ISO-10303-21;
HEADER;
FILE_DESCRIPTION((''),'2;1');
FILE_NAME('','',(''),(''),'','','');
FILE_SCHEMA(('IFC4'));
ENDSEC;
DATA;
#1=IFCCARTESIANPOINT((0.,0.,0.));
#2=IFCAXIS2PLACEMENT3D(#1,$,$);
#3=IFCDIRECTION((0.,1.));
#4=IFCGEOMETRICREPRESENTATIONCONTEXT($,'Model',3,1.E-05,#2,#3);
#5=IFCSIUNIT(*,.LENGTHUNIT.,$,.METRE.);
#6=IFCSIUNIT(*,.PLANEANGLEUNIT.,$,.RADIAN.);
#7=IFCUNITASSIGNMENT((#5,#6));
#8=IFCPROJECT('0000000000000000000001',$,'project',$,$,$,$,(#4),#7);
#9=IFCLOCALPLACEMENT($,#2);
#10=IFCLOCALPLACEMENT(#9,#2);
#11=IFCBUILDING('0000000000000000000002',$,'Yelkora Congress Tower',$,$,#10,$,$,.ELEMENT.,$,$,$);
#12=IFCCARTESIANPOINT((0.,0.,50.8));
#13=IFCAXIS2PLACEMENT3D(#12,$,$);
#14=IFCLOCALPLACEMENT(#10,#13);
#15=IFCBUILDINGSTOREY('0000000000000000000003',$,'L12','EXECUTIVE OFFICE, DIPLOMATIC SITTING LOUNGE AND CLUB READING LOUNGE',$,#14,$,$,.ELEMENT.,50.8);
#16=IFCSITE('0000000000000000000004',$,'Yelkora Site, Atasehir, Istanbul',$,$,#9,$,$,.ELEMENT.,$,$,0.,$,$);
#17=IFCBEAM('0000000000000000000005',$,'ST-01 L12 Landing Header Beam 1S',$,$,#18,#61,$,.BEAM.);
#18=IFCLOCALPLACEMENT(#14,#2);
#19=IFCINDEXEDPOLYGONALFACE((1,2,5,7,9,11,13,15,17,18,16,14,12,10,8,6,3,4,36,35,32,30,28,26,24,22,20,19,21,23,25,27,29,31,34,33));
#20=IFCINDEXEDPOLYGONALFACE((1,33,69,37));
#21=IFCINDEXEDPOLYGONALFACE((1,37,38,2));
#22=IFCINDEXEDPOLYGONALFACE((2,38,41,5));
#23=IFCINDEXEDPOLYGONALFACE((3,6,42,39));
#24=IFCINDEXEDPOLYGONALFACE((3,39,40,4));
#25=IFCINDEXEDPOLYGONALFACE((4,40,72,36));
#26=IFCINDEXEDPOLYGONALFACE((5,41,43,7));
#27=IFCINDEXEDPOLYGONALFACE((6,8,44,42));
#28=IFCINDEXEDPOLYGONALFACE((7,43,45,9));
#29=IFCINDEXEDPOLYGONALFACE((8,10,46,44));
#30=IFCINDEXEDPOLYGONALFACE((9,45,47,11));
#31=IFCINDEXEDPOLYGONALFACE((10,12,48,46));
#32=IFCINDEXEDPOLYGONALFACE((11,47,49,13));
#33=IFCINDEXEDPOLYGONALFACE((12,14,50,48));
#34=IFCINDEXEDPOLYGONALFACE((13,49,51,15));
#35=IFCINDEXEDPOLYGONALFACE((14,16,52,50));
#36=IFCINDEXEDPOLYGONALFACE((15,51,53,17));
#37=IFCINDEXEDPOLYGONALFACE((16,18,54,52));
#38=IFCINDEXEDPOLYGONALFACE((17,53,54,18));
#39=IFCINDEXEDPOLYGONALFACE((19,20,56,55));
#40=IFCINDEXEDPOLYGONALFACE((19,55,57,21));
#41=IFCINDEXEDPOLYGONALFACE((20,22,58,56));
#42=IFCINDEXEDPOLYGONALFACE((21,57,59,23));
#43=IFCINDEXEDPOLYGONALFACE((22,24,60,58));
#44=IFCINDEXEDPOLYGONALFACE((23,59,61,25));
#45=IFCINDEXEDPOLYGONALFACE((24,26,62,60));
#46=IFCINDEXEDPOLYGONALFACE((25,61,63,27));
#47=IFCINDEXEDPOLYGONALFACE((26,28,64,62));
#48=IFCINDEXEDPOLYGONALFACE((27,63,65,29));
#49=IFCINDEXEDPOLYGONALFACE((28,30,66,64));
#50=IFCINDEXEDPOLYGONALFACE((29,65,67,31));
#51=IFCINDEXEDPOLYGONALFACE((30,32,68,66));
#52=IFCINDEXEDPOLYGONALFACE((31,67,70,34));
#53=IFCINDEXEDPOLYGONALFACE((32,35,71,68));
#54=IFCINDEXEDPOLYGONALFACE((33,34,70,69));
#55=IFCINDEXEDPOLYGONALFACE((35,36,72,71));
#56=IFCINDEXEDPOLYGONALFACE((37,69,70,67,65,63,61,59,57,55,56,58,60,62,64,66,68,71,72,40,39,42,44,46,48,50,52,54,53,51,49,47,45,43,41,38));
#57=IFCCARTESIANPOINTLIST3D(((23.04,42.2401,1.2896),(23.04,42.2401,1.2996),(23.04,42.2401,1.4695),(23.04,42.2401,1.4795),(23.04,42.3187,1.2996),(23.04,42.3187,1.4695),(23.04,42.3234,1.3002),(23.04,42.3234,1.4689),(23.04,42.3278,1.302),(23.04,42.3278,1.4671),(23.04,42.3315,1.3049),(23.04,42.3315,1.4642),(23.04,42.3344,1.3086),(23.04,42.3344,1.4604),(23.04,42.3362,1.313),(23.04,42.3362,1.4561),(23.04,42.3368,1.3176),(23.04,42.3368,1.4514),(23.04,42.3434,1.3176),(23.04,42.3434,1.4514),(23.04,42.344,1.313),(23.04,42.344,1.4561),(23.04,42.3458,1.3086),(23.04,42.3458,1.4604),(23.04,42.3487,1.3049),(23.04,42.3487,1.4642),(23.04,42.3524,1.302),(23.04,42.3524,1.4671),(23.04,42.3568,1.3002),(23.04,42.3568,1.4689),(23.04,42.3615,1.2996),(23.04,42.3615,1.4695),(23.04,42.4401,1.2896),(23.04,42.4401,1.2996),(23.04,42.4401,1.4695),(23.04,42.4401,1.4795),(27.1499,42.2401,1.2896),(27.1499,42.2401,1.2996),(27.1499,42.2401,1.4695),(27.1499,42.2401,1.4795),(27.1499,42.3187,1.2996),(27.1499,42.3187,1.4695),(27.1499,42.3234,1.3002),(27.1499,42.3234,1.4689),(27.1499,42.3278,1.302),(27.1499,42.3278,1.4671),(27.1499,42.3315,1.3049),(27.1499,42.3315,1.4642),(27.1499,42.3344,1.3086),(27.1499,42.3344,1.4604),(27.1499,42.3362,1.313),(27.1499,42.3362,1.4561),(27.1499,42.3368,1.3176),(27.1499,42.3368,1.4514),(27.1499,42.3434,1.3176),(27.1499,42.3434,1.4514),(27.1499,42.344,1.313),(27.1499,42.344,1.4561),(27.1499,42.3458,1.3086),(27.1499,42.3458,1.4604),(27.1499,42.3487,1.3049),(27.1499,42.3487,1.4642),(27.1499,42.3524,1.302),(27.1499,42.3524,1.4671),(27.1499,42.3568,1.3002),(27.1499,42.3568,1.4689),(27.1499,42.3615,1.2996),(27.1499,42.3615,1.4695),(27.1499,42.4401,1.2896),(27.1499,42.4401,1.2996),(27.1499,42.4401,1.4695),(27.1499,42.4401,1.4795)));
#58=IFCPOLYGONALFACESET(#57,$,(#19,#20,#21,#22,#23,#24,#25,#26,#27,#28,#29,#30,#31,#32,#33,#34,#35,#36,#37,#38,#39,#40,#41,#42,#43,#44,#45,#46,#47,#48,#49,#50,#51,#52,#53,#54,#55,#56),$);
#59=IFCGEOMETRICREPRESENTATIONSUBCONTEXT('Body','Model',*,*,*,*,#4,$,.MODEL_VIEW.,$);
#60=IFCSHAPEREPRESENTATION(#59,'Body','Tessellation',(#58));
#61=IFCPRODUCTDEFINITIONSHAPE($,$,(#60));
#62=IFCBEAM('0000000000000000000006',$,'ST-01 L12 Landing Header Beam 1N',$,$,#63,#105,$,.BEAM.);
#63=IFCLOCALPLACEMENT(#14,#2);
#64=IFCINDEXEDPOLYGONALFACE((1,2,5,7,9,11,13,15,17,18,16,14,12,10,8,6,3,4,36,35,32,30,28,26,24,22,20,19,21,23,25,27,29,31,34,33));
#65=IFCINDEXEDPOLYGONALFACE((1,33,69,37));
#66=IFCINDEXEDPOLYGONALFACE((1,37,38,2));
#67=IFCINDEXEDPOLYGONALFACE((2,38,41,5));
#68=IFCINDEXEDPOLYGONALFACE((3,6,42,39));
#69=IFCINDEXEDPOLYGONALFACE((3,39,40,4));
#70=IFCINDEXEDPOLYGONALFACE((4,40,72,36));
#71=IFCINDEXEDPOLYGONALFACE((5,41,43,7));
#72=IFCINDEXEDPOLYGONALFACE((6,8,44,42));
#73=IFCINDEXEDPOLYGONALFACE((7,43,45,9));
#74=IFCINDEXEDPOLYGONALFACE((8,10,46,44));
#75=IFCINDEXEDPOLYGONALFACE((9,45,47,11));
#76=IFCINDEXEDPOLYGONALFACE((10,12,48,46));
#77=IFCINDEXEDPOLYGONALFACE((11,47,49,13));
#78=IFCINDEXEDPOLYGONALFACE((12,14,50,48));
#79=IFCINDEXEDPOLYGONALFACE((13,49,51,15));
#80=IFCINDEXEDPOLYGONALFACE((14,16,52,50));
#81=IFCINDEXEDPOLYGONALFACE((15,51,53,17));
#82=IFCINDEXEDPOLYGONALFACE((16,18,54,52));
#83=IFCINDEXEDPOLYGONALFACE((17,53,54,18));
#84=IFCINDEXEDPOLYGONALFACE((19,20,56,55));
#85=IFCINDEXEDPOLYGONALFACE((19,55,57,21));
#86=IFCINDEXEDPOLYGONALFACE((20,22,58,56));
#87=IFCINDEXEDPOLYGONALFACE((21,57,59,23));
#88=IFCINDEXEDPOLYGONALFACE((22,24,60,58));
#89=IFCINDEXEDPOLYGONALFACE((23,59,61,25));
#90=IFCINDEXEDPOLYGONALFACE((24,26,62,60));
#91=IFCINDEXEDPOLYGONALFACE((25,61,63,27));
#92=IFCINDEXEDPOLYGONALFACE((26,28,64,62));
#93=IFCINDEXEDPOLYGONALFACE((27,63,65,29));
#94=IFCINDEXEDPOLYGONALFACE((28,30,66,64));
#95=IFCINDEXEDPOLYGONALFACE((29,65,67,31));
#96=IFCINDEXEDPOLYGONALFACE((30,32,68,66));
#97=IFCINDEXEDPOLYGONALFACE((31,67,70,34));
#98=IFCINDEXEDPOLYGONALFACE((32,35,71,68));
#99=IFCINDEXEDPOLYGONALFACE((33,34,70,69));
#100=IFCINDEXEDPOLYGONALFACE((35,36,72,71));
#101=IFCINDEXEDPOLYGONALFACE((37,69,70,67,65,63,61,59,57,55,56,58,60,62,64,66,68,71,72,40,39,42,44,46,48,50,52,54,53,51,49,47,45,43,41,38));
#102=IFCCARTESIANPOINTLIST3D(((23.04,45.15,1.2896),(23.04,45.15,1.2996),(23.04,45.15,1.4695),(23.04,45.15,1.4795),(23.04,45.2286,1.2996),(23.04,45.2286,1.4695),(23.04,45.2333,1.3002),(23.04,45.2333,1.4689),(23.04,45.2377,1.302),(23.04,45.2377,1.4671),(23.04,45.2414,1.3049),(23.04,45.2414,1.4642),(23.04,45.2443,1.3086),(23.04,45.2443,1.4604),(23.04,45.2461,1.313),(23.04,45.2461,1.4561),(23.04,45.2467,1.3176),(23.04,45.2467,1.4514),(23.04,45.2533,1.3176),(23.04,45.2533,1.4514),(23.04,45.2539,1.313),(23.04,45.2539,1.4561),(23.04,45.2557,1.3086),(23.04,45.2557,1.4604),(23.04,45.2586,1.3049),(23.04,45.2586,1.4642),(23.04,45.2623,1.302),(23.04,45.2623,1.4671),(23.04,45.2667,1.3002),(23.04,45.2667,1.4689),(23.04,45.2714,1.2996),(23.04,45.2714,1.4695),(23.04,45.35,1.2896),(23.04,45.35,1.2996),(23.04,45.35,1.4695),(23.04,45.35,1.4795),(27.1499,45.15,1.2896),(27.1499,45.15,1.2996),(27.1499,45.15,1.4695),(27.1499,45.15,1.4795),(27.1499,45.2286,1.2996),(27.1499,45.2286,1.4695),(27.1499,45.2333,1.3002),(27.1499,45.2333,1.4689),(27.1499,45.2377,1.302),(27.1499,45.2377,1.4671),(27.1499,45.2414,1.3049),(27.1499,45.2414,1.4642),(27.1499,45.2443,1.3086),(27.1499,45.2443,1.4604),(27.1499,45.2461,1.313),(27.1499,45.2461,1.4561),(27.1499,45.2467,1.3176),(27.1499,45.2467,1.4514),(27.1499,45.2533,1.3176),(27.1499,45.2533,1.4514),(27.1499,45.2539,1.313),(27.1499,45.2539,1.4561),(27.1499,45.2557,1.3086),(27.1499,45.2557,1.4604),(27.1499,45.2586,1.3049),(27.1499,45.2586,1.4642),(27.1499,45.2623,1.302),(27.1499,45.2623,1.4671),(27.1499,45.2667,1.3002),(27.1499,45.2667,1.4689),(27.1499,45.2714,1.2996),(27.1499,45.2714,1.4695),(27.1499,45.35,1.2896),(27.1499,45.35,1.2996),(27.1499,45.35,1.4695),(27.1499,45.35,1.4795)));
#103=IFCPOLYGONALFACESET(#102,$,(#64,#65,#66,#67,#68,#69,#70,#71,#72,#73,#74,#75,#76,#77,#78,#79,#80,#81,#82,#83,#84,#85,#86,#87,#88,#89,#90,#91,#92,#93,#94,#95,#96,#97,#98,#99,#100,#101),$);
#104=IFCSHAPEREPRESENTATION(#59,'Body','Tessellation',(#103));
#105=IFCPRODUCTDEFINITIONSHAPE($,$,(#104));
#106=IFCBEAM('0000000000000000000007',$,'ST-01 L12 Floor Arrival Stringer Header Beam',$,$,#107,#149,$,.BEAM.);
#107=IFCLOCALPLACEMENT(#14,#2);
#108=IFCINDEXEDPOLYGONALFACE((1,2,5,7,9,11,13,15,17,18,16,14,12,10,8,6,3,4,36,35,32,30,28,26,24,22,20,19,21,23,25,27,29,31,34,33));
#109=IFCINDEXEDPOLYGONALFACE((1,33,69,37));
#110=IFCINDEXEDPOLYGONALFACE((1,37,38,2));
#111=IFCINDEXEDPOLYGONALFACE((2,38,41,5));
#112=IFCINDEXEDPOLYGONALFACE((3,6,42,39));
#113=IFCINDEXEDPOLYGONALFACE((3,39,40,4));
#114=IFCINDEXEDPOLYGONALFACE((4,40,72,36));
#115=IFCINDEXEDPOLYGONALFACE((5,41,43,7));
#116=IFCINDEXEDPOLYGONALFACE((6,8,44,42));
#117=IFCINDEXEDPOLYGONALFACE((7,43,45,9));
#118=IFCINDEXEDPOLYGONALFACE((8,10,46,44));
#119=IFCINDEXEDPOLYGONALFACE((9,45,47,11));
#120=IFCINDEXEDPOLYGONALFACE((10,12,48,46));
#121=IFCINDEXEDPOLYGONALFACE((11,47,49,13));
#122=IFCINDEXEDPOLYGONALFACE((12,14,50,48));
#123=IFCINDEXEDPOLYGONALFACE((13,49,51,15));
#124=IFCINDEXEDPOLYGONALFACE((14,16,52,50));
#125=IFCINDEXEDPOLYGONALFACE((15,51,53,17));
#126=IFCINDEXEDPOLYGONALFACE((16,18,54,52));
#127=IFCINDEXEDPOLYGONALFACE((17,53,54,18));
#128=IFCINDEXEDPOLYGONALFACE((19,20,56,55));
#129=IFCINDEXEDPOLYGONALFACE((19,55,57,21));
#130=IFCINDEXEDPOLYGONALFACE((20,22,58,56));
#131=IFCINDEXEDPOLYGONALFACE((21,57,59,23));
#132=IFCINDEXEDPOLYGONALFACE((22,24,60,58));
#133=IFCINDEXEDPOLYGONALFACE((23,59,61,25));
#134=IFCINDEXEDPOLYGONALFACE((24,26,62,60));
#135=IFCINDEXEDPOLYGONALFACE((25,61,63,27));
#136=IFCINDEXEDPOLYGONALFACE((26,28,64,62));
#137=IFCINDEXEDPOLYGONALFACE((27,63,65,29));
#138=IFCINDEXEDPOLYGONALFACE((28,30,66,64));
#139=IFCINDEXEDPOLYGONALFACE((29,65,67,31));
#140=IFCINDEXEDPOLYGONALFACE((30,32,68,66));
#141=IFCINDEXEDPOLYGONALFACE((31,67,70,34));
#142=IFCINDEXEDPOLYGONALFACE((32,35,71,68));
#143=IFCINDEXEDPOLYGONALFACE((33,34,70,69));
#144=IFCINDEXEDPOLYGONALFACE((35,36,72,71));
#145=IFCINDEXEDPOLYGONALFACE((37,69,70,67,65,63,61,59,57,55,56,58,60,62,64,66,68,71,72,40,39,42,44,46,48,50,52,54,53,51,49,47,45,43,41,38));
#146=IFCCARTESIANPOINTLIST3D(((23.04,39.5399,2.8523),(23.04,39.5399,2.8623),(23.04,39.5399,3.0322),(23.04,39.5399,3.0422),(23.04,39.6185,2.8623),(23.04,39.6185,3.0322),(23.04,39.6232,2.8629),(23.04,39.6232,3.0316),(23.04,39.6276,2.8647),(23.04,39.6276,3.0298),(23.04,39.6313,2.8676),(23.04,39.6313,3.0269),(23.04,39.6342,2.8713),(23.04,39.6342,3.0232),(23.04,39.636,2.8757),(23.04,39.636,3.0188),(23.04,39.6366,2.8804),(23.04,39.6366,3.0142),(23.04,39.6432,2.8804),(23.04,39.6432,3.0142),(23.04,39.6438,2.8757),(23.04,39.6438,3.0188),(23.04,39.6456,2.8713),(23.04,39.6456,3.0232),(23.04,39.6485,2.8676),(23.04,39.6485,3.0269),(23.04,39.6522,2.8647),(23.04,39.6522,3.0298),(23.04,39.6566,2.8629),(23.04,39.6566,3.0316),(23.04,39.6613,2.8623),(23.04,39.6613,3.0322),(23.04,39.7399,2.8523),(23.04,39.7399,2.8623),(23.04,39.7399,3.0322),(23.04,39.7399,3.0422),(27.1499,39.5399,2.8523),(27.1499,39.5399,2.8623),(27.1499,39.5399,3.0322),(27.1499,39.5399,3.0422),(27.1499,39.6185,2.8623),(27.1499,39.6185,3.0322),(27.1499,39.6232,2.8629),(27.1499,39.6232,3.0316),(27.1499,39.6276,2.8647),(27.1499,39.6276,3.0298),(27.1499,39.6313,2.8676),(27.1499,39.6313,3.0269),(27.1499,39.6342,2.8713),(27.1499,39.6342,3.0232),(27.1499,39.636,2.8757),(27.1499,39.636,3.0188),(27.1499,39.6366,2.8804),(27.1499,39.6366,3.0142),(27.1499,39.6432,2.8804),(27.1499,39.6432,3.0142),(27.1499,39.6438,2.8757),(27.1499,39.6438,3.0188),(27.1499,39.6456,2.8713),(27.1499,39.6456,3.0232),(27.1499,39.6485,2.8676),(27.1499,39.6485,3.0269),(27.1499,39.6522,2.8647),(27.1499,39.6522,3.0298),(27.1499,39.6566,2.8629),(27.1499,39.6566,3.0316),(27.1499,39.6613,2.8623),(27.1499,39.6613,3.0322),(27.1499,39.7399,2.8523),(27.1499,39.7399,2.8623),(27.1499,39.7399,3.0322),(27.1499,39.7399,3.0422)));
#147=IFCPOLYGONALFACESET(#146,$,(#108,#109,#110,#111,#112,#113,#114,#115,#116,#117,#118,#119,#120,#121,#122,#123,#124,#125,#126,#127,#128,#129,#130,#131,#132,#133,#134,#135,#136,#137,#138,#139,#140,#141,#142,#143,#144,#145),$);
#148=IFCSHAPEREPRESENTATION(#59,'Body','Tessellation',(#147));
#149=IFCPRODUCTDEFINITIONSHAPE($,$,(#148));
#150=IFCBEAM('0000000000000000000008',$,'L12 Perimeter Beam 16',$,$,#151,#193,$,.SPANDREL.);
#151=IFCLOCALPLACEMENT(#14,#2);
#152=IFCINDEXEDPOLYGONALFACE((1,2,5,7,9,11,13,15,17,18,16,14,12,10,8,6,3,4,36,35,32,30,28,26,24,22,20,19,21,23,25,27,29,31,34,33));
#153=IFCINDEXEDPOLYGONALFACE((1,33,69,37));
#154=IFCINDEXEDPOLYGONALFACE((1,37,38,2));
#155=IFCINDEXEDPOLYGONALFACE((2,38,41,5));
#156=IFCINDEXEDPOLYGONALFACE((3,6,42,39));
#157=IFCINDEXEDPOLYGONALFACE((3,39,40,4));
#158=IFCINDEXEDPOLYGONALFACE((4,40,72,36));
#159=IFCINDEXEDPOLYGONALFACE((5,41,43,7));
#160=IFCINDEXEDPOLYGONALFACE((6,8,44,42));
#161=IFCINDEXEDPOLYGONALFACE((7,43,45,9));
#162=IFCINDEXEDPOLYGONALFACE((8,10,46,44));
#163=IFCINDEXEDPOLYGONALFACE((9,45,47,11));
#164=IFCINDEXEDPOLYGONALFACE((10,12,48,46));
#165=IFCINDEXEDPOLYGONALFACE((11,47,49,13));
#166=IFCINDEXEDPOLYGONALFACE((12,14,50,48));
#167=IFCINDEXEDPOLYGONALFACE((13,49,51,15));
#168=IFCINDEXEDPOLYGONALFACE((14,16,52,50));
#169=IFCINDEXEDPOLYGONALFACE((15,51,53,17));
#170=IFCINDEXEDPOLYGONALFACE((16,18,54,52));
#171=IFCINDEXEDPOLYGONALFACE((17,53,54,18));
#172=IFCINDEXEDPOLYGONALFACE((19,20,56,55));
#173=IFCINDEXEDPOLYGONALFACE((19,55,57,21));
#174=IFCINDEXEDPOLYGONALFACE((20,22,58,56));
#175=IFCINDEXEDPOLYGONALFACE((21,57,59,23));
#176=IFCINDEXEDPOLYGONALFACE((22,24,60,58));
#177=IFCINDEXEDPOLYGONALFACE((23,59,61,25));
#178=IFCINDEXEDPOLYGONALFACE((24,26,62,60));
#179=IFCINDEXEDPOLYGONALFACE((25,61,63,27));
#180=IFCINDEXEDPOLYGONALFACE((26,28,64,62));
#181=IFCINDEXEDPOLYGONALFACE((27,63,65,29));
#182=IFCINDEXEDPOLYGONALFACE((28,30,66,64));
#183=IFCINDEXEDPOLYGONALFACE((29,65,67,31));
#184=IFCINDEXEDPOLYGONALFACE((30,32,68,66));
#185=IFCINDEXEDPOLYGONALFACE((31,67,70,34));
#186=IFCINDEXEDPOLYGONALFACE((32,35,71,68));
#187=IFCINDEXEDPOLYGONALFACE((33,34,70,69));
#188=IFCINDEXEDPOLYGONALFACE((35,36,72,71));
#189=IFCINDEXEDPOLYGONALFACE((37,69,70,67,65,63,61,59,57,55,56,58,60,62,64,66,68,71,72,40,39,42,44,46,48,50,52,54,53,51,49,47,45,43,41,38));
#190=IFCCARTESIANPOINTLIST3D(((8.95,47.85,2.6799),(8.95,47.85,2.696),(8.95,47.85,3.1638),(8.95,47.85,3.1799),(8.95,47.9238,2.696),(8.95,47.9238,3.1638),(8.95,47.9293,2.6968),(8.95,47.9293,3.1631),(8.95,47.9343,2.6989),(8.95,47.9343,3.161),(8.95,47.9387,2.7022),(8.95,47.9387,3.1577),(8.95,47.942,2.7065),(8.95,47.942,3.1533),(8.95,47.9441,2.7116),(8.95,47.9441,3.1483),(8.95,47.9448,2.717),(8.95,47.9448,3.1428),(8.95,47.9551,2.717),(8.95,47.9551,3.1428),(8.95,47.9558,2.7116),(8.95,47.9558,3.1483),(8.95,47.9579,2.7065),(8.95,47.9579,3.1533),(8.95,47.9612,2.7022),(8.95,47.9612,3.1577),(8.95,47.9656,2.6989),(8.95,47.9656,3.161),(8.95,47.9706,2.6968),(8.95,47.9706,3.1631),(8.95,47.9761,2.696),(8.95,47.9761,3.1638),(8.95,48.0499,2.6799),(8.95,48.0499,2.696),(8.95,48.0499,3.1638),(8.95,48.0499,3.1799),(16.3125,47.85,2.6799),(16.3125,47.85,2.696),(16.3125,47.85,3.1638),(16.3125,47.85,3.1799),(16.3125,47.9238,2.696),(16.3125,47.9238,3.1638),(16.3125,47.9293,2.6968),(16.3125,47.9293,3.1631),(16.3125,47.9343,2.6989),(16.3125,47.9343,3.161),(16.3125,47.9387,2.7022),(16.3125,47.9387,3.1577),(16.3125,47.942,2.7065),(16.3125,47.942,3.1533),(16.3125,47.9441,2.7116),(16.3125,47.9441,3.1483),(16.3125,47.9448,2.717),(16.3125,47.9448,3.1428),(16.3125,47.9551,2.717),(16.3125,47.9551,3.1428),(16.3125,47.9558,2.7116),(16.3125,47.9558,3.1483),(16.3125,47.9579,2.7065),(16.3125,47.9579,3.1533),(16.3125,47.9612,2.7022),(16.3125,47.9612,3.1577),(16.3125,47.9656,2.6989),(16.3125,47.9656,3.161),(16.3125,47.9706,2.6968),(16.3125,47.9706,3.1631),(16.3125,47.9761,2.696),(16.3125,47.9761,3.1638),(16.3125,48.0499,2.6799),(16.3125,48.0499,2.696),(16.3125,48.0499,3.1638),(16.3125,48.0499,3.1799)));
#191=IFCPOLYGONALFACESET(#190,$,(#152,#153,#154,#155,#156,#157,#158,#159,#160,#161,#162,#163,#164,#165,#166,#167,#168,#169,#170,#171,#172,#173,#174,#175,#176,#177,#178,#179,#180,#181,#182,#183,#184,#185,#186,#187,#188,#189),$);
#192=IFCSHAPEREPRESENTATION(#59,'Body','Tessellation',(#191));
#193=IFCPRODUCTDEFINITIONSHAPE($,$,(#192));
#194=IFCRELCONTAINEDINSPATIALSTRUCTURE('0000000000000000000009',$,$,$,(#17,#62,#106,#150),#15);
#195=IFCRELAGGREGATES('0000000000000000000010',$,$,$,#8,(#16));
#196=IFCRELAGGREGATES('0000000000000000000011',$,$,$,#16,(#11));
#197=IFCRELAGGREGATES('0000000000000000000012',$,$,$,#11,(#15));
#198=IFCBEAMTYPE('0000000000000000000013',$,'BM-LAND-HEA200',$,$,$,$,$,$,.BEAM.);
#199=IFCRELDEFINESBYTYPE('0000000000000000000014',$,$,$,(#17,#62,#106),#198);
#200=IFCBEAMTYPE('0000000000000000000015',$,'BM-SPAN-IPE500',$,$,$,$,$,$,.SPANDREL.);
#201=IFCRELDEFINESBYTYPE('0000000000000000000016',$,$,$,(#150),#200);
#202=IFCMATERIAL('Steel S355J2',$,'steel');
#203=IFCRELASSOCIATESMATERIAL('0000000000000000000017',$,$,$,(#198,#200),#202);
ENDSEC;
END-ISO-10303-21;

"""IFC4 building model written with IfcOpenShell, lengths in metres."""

from ifc_helpers import new_model, si_unit, direction, frame, origin, origin_2d, place, context, subcontext, project, spatial, i_section, extrude, material, material_profile, profile_set, type_object, element, save


model = new_model("IFC4")

# Units and contexts
model_context = context("Model", 3, precision=1e-05, world=origin(), true_north=direction((0.0, 1.0)))
body_context = subcontext(model_context, "Body", "Model", "MODEL_VIEW")
ifc_project = project(units=[si_unit("LENGTHUNIT", "METRE"), si_unit("PLANEANGLEUNIT", "RADIAN")], contexts=[model_context])

# Site, building, storey
site_placement = place(None, origin())
site = spatial("IfcSite", under=ifc_project, at=site_placement, Name="Yelkora Site, Atasehir, Istanbul", CompositionType="ELEMENT", RefElevation=0.0)
building_placement = place(site_placement, origin())
building = spatial("IfcBuilding", under=site, at=building_placement, Name="Yelkora Congress Tower", CompositionType="ELEMENT")
storey_placement = place(building_placement, frame((0.0, 0.0, 50.8)))
storey = spatial("IfcBuildingStorey", under=building, at=storey_placement, Name="L12", Description="EXECUTIVE OFFICE, DIPLOMATIC SITTING LOUNGE AND CLUB READING LOUNGE", CompositionType="ELEMENT", Elevation=50.8)

# Beams
ifc_material_1 = material(Name="Steel S355J2", Category="steel")
ifc_material_profile_1 = material_profile(ifc_material_1, i_section(OverallWidth=0.2, OverallDepth=0.1899, WebThickness=0.0066, FlangeThickness=0.01, FilletRadius=0.0181, at=origin_2d()), Name="HEA 200")
ifc_profile_set_1 = profile_set([ifc_material_profile_1], Name="Steel S355J2")
beam_type_1 = type_object("IfcBeamType", Name="BM-LAND-HEA200", PredefinedType="BEAM", material=ifc_profile_set_1)
for number, where, z_axis, x_axis, name in (
    (1, (23.04, 42.3401, 1.3845), (1.0, 0.0, 0.0), (0.0, 1.0, 0.0), "ST-01 L12 Landing Header Beam 1S"),
    (2, (23.04, 45.25, 1.3845), (1.0, 0.0, 0.0), (0.0, 1.0, 0.0), "ST-01 L12 Landing Header Beam 1N"),
    (3, (23.04, 39.6399, 2.9473), (1.0, 0.0, 0.0), (0.0, 1.0, 0.0), "ST-01 L12 Floor Arrival Stringer Header Beam"),
):
    element("IfcBeam", number, at=place(storey_placement, frame(where, z_axis=z_axis, x_axis=x_axis)), inside=storey, type_object=beam_type_1, Name=name, PredefinedType="BEAM", context=body_context, shape_type="SweptSolid", body=[
        extrude(i_section(OverallWidth=0.2, OverallDepth=0.1899, WebThickness=0.0066, FlangeThickness=0.01, FilletRadius=0.0181, at=origin_2d()), origin(), (0.0, 0.0, 1.0), 4.1099),
    ])
ifc_material_profile_2 = material_profile(ifc_material_1, i_section(OverallWidth=0.2, OverallDepth=0.5, WebThickness=0.0103, FlangeThickness=0.0161, FilletRadius=0.021, at=origin_2d()), Name="IPE 500")
ifc_profile_set_2 = profile_set([ifc_material_profile_2], Name="Steel S355J2")
beam_type_2 = type_object("IfcBeamType", Name="BM-SPAN-IPE500", PredefinedType="SPANDREL", material=ifc_profile_set_2)
beam_1_placement = place(storey_placement, frame((16.3125, 47.95, 2.9299), z_axis=(-1.0, 0.0, 0.0), x_axis=(0.0, -1.0, 0.0)))
element("IfcBeam", 4, at=beam_1_placement, inside=storey, type_object=beam_type_2, Name="L12 Perimeter Beam 16", PredefinedType="SPANDREL", context=body_context, shape_type="SweptSolid", body=[
    extrude(i_section(OverallWidth=0.2, OverallDepth=0.5, WebThickness=0.0103, FlangeThickness=0.0161, FilletRadius=0.021, at=origin_2d()), origin(), (0.0, 0.0, 1.0), 7.3625),
])

save(model, "model.ifc")
